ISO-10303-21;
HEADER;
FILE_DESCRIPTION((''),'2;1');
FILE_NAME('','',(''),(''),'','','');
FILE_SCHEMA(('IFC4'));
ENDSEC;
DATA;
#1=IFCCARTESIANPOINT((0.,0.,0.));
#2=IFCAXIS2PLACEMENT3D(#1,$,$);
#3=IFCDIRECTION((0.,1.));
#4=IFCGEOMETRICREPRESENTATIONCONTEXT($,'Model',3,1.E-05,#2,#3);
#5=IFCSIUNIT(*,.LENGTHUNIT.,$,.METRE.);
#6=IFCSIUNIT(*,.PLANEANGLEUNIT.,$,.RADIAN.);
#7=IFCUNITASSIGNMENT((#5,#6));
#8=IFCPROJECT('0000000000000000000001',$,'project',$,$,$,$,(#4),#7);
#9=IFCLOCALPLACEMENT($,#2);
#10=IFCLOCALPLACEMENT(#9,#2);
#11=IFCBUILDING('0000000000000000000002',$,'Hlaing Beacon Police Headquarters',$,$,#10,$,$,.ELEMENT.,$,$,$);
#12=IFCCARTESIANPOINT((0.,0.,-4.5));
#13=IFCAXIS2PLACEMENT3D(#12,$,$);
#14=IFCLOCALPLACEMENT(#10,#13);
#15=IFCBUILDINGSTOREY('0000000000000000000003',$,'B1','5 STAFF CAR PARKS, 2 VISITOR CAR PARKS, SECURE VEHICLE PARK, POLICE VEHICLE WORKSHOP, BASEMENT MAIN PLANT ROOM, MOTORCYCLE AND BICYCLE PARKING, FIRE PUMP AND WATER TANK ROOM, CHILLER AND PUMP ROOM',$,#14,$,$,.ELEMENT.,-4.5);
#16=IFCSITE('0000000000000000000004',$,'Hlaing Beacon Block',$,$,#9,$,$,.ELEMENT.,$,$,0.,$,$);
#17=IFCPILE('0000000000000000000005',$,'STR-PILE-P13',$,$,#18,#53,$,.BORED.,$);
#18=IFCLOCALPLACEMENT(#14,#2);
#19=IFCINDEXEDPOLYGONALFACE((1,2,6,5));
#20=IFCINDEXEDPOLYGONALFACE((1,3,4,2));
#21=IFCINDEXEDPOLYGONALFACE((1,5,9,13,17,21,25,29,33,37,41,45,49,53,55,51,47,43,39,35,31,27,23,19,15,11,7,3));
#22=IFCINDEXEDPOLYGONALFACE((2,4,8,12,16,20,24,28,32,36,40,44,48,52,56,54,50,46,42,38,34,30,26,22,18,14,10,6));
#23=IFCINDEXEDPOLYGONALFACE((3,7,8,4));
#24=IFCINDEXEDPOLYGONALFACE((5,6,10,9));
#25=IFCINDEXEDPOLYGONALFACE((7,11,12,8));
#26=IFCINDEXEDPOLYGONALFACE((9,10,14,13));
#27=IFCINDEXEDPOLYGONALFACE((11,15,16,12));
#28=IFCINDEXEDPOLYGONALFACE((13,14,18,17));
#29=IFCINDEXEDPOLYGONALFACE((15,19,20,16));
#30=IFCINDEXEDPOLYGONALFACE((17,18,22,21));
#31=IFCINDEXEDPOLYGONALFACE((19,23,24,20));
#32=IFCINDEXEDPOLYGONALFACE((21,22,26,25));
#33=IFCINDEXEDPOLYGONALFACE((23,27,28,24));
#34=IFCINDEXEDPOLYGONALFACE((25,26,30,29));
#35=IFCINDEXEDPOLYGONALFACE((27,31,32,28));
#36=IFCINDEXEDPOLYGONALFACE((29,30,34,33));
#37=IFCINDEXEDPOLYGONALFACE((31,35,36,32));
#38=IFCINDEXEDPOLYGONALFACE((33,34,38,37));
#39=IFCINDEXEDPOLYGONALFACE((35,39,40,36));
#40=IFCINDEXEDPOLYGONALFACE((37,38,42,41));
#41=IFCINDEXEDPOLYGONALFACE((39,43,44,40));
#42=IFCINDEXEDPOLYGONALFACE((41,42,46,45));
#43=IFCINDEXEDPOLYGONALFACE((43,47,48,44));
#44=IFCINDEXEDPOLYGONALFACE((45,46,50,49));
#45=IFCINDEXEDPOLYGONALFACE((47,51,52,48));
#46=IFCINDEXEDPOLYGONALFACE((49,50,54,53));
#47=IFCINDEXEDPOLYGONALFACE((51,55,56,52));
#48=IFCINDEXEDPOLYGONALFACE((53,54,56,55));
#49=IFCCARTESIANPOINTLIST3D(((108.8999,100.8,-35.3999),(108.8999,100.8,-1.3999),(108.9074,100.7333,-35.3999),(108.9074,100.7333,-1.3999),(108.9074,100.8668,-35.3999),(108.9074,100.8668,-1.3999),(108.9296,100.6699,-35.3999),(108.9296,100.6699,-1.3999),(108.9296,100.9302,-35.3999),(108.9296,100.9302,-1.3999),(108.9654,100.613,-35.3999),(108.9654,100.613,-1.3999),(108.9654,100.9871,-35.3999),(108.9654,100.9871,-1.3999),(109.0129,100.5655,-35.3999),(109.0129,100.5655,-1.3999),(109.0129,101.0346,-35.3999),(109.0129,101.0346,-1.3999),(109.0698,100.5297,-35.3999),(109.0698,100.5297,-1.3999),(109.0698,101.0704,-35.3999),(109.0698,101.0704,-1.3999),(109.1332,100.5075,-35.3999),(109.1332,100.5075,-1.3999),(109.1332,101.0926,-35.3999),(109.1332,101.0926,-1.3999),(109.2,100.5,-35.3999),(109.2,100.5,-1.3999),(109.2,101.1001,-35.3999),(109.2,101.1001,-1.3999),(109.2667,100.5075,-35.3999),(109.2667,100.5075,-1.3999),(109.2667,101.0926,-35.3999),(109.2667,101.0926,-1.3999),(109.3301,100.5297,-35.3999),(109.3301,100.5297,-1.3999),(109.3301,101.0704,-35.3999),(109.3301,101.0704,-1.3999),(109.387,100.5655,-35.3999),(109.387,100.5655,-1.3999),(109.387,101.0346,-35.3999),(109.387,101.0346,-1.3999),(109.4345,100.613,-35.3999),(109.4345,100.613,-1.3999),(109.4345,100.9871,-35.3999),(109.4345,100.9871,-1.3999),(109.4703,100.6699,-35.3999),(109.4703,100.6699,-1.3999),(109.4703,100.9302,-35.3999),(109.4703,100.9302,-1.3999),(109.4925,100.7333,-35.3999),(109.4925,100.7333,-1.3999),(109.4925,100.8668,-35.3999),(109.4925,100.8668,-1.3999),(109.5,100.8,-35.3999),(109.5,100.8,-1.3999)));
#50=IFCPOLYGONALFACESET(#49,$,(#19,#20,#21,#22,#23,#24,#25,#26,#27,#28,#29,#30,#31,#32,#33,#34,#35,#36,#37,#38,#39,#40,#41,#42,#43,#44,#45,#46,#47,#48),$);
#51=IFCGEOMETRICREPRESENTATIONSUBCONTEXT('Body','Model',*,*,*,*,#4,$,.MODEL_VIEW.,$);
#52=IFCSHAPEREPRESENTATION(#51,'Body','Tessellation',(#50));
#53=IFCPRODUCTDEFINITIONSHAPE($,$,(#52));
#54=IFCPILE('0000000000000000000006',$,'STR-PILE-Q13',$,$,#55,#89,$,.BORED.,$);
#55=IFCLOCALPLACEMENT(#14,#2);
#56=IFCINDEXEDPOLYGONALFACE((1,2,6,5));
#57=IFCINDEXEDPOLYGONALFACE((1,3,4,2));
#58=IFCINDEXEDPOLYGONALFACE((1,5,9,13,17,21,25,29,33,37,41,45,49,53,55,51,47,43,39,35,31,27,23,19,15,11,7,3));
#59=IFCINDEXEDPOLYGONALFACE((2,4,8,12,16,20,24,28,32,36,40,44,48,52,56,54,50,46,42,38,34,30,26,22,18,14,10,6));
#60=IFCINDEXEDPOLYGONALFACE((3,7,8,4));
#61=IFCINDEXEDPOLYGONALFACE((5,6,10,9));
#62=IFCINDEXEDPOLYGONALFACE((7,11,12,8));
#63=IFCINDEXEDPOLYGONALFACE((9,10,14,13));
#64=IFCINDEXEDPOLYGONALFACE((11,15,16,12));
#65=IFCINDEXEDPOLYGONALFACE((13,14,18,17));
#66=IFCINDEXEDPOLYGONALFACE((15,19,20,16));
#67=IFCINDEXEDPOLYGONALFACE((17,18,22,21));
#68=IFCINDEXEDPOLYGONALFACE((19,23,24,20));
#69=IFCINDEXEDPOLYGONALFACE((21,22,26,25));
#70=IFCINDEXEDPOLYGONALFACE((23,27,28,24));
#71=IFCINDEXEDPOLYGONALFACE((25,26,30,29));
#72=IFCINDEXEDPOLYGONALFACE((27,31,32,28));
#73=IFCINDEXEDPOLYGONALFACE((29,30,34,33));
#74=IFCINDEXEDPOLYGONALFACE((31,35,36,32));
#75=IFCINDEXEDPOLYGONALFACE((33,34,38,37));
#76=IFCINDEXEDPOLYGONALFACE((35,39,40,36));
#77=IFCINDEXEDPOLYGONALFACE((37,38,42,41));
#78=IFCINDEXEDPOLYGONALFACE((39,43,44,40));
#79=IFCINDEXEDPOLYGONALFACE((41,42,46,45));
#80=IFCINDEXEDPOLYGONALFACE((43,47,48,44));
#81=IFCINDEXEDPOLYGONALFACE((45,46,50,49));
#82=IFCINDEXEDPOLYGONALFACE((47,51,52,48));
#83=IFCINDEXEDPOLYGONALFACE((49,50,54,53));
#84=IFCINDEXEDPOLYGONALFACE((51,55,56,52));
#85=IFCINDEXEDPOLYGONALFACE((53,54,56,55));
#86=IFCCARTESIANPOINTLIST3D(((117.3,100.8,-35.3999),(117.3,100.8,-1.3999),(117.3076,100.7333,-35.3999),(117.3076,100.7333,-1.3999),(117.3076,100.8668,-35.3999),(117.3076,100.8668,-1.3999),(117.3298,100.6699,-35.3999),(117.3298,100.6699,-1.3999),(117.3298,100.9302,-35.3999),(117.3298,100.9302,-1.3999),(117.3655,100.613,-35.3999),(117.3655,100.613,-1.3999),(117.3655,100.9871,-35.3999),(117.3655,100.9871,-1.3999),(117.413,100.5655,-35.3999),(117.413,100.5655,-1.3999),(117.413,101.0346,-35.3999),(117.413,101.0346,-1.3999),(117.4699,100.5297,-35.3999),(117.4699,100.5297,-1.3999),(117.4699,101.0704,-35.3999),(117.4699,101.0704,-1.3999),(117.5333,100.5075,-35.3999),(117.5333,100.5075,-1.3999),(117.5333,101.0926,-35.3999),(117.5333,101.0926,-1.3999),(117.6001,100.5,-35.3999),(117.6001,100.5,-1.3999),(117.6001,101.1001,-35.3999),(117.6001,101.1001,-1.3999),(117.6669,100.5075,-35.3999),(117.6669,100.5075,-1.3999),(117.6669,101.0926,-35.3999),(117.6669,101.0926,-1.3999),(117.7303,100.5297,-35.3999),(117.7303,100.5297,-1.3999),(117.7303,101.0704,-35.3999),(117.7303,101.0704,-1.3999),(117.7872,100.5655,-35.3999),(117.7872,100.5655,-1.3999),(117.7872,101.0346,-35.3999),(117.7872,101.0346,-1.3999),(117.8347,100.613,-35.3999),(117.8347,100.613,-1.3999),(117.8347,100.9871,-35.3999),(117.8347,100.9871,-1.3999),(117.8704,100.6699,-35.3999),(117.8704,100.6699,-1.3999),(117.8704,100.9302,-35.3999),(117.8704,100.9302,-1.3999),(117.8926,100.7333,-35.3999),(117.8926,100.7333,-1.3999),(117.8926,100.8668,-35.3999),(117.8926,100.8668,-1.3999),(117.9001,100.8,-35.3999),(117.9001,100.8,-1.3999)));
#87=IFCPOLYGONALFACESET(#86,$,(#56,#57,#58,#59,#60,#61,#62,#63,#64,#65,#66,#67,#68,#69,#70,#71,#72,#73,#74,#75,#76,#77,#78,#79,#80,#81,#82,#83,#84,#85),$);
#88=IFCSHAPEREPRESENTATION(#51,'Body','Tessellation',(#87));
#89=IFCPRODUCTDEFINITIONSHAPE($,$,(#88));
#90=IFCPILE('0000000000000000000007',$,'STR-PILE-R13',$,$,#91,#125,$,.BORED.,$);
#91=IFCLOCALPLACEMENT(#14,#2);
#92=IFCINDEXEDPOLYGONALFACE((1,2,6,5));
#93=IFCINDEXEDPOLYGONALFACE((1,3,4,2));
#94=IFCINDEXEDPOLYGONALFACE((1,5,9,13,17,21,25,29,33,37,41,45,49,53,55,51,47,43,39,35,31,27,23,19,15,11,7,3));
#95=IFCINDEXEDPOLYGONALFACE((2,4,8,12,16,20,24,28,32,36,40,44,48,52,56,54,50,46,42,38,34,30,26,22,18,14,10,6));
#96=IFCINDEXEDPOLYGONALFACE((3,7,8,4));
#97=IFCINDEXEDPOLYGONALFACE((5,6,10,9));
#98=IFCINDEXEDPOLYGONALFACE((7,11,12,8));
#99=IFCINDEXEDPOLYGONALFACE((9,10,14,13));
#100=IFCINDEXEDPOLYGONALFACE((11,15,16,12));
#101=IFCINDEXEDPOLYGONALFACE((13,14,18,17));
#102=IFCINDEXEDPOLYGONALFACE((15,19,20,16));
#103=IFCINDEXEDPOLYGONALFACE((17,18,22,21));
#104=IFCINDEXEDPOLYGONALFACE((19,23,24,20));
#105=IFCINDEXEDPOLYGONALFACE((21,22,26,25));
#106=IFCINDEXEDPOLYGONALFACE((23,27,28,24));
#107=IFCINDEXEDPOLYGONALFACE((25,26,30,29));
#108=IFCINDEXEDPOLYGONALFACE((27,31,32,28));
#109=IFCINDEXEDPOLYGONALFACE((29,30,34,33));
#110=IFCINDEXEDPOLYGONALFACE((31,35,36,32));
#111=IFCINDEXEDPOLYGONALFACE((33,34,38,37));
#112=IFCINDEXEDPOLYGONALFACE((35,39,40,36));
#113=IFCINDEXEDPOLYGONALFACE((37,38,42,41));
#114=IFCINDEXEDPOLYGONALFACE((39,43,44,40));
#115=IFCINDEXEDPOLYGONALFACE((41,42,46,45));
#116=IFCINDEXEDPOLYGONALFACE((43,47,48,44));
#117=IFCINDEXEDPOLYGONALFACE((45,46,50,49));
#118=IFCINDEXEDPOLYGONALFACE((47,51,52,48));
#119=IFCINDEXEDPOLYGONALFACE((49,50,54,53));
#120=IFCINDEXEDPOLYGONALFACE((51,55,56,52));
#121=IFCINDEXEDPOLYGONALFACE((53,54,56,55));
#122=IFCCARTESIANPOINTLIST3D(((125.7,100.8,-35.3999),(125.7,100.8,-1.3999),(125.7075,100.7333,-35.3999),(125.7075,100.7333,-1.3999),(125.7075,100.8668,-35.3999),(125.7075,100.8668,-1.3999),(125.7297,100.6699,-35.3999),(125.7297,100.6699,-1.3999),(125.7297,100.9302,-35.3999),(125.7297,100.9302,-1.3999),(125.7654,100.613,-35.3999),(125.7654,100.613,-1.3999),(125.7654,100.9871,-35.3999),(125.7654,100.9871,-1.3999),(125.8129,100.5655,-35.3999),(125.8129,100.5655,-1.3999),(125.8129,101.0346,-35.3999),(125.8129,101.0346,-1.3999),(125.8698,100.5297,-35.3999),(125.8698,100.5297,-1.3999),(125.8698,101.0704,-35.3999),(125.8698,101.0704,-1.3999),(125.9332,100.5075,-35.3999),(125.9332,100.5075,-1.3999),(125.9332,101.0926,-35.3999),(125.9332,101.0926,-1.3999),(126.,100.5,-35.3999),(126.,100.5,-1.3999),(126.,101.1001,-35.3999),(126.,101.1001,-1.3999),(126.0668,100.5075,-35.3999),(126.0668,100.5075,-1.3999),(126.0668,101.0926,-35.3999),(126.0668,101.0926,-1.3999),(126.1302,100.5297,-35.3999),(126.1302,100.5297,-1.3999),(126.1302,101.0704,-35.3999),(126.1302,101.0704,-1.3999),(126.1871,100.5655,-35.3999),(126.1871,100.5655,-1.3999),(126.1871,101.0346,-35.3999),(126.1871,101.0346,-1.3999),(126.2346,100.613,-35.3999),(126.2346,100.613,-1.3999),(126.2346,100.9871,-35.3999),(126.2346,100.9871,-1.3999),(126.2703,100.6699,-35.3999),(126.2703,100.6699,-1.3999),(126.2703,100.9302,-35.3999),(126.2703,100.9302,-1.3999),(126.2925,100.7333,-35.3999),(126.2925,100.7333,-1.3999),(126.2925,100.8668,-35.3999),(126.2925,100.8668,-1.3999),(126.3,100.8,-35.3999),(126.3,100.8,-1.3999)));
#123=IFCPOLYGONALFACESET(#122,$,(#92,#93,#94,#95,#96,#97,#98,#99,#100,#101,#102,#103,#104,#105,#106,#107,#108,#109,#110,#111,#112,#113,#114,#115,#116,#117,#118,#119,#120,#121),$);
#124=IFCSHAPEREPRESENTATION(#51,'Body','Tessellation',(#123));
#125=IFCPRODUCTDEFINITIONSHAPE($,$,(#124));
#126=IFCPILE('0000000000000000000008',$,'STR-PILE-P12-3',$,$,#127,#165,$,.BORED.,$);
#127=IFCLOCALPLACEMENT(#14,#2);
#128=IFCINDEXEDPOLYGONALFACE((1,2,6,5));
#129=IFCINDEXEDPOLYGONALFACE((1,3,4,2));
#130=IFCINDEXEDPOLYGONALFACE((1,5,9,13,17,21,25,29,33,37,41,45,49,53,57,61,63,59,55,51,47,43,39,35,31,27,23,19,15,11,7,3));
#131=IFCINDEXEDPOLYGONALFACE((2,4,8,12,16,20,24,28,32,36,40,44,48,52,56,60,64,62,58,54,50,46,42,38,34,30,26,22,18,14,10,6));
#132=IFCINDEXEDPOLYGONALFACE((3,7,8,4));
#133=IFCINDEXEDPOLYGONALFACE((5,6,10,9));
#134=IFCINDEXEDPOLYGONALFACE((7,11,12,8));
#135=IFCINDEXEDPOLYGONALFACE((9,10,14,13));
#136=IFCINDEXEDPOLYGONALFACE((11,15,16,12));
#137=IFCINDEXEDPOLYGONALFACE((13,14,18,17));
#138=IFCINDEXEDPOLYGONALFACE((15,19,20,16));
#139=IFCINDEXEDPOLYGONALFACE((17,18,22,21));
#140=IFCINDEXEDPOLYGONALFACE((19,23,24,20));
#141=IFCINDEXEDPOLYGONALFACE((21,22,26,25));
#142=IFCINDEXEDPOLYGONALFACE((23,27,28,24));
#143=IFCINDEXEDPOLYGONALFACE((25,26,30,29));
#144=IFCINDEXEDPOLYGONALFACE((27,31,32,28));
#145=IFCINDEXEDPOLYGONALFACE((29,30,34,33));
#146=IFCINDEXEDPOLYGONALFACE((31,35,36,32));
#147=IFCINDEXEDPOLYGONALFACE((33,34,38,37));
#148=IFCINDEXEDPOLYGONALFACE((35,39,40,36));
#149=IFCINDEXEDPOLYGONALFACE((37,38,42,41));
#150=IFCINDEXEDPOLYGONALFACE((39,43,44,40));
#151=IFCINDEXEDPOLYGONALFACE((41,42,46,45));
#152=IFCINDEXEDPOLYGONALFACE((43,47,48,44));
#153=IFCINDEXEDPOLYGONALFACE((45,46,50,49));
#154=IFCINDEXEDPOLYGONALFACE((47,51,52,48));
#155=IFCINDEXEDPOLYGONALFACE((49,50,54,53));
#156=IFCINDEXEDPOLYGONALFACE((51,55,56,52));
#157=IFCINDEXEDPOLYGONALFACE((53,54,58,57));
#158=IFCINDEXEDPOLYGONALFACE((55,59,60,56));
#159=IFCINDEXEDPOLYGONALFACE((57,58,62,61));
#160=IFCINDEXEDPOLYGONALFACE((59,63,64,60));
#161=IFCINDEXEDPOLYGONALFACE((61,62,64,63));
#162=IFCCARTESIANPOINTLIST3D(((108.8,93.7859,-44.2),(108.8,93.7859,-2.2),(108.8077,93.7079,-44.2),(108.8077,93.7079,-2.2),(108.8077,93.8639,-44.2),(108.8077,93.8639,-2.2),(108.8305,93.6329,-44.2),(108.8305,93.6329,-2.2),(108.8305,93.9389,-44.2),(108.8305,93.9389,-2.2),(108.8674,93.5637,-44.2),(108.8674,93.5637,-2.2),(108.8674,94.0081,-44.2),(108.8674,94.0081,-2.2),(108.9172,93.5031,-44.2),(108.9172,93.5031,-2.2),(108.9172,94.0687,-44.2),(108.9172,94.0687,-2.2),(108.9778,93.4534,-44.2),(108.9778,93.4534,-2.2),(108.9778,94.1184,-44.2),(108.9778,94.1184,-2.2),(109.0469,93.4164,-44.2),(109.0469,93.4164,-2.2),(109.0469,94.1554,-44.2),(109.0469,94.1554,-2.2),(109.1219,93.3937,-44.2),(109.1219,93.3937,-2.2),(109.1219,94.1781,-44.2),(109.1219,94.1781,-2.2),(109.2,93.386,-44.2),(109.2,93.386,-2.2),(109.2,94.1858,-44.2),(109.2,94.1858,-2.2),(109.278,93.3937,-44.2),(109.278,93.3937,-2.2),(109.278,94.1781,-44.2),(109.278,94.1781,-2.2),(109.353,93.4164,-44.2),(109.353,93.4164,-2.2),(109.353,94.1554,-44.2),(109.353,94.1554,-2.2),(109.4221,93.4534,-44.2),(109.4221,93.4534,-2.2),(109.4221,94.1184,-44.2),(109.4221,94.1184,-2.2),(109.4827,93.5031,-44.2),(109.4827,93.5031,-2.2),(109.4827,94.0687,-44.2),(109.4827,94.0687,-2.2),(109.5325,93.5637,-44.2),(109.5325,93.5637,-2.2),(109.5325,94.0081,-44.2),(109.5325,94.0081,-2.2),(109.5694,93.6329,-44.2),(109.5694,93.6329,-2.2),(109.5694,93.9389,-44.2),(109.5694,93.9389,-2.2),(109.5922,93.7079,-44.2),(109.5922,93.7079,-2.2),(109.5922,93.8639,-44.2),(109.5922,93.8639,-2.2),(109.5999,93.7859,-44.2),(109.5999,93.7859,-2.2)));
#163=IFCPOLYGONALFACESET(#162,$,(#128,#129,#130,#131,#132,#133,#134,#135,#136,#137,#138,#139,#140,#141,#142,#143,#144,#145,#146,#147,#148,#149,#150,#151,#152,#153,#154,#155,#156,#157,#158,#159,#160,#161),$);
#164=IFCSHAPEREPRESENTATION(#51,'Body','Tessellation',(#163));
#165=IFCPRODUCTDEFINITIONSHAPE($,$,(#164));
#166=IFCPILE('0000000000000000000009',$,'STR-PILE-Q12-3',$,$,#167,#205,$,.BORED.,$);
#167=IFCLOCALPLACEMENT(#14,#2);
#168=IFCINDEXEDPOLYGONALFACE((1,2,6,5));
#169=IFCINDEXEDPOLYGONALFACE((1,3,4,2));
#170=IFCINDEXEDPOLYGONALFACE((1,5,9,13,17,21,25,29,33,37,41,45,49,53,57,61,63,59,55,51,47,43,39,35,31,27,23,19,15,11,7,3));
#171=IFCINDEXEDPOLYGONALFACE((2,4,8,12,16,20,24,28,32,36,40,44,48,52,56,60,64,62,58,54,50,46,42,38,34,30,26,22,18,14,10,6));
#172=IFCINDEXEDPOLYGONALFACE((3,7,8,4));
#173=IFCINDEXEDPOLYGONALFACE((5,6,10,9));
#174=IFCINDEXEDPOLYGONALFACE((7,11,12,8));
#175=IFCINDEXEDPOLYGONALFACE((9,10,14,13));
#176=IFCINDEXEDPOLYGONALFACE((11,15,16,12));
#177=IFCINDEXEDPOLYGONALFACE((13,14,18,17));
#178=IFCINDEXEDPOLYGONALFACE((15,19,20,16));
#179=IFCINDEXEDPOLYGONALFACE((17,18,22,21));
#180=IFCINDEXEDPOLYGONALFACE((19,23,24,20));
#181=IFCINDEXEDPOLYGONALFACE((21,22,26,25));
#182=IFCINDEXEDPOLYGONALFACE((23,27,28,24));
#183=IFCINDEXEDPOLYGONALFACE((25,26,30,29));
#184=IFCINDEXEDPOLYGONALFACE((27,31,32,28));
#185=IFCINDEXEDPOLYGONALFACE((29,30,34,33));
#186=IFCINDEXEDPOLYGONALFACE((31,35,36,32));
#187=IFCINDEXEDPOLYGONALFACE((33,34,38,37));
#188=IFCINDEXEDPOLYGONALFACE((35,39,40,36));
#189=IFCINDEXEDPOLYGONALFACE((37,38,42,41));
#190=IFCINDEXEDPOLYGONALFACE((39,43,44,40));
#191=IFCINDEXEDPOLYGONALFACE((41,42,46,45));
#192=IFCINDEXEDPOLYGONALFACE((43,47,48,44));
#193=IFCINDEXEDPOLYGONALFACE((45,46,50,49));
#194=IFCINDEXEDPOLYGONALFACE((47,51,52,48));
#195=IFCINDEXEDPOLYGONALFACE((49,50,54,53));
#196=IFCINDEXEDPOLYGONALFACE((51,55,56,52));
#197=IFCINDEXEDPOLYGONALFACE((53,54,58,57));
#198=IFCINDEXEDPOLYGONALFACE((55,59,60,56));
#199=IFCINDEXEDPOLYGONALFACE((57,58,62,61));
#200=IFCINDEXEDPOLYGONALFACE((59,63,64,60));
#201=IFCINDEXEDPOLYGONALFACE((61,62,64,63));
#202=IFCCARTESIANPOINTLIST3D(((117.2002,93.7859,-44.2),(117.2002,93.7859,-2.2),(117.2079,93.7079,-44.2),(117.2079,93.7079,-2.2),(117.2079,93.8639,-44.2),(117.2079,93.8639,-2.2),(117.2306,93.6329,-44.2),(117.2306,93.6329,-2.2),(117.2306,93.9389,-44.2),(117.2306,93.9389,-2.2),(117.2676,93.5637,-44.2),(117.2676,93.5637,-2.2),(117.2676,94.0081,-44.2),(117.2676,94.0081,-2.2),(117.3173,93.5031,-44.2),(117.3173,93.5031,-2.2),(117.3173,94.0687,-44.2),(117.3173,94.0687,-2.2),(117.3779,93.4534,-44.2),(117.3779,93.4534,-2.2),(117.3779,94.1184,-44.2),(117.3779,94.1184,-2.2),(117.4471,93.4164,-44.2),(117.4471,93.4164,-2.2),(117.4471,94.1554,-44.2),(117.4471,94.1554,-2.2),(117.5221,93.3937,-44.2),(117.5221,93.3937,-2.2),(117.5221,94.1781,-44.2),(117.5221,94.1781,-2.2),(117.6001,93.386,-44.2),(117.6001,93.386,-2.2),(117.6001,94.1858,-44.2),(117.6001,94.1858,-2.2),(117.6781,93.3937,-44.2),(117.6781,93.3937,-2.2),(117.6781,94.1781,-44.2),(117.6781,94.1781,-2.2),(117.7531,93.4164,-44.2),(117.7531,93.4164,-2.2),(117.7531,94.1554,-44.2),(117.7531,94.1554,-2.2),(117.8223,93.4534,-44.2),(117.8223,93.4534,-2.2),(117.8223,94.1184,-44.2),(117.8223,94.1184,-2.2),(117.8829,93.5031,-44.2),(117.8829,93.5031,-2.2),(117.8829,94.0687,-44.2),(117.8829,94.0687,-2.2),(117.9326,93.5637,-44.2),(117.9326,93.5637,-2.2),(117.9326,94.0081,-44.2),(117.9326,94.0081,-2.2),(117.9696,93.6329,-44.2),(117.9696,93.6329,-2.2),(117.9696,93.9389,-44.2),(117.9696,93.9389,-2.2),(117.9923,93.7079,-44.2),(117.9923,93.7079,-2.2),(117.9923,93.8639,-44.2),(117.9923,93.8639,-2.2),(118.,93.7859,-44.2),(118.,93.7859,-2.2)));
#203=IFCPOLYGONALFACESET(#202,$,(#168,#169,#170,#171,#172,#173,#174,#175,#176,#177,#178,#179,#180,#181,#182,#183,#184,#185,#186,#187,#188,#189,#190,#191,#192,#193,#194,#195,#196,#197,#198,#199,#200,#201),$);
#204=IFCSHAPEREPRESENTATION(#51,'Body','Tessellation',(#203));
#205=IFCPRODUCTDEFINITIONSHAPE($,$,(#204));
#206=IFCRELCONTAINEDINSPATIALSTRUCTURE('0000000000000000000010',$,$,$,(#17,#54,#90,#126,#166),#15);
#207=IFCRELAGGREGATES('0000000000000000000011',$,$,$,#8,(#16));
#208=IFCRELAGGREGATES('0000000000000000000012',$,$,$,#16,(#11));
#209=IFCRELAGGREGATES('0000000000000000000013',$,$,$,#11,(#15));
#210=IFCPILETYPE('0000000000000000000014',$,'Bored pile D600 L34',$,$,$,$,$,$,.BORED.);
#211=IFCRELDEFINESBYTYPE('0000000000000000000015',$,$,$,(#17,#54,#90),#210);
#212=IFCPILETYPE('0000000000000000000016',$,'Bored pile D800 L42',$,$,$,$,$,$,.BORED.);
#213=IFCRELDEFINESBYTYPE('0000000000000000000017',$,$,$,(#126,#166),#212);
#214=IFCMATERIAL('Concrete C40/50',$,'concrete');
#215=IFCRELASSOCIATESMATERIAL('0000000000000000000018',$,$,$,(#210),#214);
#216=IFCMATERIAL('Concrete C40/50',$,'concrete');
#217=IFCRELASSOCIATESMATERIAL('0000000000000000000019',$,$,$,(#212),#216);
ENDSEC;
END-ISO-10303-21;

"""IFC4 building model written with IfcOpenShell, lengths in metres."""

from ifc_helpers import new_model, si_unit, direction, frame, origin, origin_2d, place, context, subcontext, project, spatial, circle, extrude, material, material_profile, profile_set, type_object, element, save


model = new_model("IFC4")

# Units and contexts
model_context = context("Model", 3, precision=1e-05, world=origin(), true_north=direction((0.0, 1.0)))
body_context = subcontext(model_context, "Body", "Model", "MODEL_VIEW")
ifc_project = project(units=[si_unit("LENGTHUNIT", "METRE"), si_unit("PLANEANGLEUNIT", "RADIAN")], contexts=[model_context])

# Site, building, storey
site_placement = place(None, origin())
site = spatial("IfcSite", under=ifc_project, at=site_placement, Name="Hlaing Beacon Block", CompositionType="ELEMENT", RefElevation=0.0)
building_placement = place(site_placement, origin())
building = spatial("IfcBuilding", under=site, at=building_placement, Name="Hlaing Beacon Police Headquarters", CompositionType="ELEMENT")
storey_placement = place(building_placement, frame((0.0, 0.0, -4.5)))
storey = spatial("IfcBuildingStorey", under=building, at=storey_placement, Name="B1", Description="5 STAFF CAR PARKS, 2 VISITOR CAR PARKS, SECURE VEHICLE PARK, POLICE VEHICLE WORKSHOP, BASEMENT MAIN PLANT ROOM, MOTORCYCLE AND BICYCLE PARKING, FIRE PUMP AND WATER TANK ROOM, CHILLER AND PUMP ROOM", CompositionType="ELEMENT", Elevation=-4.5)

# Piles
ifc_material_1 = material(Name="Concrete C40/50", Category="concrete")
ifc_material_profile_1 = material_profile(ifc_material_1, circle(Radius=0.3, at=origin_2d()), Name="D600")
ifc_profile_set_1 = profile_set([ifc_material_profile_1], Name="Concrete C40/50")
pile_type_1 = type_object("IfcPileType", Name="Bored pile D600 L34", PredefinedType="BORED", material=ifc_profile_set_1)
for number, where, z_axis, x_axis, name in (
    (1, (109.2, 100.8, -1.3999), (0.0, 0.0, -1.0), (1.0, 0.0, 0.0), "STR-PILE-P13"),
    (2, (117.6001, 100.8, -1.3999), (0.0, 0.0, -1.0), (1.0, 0.0, 0.0), "STR-PILE-Q13"),
    (3, (126.0, 100.8, -1.3999), (0.0, 0.0, -1.0), (1.0, 0.0, 0.0), "STR-PILE-R13"),
):
    element("IfcPile", number, at=place(storey_placement, frame(where, z_axis=z_axis, x_axis=x_axis)), inside=storey, type_object=pile_type_1, Name=name, PredefinedType="BORED", context=body_context, shape_type="SweptSolid", body=[
        extrude(circle(Radius=0.3, at=origin_2d()), origin(), (0.0, 0.0, 1.0), 34.0),
    ])
ifc_material_2 = material(Name="Concrete C40/50", Category="concrete")
ifc_material_profile_2 = material_profile(ifc_material_2, circle(Radius=0.3999, at=origin_2d()), Name="D800")
ifc_profile_set_2 = profile_set([ifc_material_profile_2], Name="Concrete C40/50")
pile_type_2 = type_object("IfcPileType", Name="Bored pile D800 L42", PredefinedType="BORED", material=ifc_profile_set_2)
for number, where, z_axis, x_axis, name in (
    (4, (109.2, 93.7859, -2.2), (0.0, 0.0, -1.0), (1.0, 0.0, 0.0), "STR-PILE-P12-3"),
    (5, (117.6001, 93.7859, -2.2), (0.0, 0.0, -1.0), (1.0, 0.0, 0.0), "STR-PILE-Q12-3"),
):
    element("IfcPile", number, at=place(storey_placement, frame(where, z_axis=z_axis, x_axis=x_axis)), inside=storey, type_object=pile_type_2, Name=name, PredefinedType="BORED", context=body_context, shape_type="SweptSolid", body=[
        extrude(circle(Radius=0.3999, at=origin_2d()), origin(), (0.0, 0.0, 1.0), 42.0),
    ])

save(model, "model.ifc")
